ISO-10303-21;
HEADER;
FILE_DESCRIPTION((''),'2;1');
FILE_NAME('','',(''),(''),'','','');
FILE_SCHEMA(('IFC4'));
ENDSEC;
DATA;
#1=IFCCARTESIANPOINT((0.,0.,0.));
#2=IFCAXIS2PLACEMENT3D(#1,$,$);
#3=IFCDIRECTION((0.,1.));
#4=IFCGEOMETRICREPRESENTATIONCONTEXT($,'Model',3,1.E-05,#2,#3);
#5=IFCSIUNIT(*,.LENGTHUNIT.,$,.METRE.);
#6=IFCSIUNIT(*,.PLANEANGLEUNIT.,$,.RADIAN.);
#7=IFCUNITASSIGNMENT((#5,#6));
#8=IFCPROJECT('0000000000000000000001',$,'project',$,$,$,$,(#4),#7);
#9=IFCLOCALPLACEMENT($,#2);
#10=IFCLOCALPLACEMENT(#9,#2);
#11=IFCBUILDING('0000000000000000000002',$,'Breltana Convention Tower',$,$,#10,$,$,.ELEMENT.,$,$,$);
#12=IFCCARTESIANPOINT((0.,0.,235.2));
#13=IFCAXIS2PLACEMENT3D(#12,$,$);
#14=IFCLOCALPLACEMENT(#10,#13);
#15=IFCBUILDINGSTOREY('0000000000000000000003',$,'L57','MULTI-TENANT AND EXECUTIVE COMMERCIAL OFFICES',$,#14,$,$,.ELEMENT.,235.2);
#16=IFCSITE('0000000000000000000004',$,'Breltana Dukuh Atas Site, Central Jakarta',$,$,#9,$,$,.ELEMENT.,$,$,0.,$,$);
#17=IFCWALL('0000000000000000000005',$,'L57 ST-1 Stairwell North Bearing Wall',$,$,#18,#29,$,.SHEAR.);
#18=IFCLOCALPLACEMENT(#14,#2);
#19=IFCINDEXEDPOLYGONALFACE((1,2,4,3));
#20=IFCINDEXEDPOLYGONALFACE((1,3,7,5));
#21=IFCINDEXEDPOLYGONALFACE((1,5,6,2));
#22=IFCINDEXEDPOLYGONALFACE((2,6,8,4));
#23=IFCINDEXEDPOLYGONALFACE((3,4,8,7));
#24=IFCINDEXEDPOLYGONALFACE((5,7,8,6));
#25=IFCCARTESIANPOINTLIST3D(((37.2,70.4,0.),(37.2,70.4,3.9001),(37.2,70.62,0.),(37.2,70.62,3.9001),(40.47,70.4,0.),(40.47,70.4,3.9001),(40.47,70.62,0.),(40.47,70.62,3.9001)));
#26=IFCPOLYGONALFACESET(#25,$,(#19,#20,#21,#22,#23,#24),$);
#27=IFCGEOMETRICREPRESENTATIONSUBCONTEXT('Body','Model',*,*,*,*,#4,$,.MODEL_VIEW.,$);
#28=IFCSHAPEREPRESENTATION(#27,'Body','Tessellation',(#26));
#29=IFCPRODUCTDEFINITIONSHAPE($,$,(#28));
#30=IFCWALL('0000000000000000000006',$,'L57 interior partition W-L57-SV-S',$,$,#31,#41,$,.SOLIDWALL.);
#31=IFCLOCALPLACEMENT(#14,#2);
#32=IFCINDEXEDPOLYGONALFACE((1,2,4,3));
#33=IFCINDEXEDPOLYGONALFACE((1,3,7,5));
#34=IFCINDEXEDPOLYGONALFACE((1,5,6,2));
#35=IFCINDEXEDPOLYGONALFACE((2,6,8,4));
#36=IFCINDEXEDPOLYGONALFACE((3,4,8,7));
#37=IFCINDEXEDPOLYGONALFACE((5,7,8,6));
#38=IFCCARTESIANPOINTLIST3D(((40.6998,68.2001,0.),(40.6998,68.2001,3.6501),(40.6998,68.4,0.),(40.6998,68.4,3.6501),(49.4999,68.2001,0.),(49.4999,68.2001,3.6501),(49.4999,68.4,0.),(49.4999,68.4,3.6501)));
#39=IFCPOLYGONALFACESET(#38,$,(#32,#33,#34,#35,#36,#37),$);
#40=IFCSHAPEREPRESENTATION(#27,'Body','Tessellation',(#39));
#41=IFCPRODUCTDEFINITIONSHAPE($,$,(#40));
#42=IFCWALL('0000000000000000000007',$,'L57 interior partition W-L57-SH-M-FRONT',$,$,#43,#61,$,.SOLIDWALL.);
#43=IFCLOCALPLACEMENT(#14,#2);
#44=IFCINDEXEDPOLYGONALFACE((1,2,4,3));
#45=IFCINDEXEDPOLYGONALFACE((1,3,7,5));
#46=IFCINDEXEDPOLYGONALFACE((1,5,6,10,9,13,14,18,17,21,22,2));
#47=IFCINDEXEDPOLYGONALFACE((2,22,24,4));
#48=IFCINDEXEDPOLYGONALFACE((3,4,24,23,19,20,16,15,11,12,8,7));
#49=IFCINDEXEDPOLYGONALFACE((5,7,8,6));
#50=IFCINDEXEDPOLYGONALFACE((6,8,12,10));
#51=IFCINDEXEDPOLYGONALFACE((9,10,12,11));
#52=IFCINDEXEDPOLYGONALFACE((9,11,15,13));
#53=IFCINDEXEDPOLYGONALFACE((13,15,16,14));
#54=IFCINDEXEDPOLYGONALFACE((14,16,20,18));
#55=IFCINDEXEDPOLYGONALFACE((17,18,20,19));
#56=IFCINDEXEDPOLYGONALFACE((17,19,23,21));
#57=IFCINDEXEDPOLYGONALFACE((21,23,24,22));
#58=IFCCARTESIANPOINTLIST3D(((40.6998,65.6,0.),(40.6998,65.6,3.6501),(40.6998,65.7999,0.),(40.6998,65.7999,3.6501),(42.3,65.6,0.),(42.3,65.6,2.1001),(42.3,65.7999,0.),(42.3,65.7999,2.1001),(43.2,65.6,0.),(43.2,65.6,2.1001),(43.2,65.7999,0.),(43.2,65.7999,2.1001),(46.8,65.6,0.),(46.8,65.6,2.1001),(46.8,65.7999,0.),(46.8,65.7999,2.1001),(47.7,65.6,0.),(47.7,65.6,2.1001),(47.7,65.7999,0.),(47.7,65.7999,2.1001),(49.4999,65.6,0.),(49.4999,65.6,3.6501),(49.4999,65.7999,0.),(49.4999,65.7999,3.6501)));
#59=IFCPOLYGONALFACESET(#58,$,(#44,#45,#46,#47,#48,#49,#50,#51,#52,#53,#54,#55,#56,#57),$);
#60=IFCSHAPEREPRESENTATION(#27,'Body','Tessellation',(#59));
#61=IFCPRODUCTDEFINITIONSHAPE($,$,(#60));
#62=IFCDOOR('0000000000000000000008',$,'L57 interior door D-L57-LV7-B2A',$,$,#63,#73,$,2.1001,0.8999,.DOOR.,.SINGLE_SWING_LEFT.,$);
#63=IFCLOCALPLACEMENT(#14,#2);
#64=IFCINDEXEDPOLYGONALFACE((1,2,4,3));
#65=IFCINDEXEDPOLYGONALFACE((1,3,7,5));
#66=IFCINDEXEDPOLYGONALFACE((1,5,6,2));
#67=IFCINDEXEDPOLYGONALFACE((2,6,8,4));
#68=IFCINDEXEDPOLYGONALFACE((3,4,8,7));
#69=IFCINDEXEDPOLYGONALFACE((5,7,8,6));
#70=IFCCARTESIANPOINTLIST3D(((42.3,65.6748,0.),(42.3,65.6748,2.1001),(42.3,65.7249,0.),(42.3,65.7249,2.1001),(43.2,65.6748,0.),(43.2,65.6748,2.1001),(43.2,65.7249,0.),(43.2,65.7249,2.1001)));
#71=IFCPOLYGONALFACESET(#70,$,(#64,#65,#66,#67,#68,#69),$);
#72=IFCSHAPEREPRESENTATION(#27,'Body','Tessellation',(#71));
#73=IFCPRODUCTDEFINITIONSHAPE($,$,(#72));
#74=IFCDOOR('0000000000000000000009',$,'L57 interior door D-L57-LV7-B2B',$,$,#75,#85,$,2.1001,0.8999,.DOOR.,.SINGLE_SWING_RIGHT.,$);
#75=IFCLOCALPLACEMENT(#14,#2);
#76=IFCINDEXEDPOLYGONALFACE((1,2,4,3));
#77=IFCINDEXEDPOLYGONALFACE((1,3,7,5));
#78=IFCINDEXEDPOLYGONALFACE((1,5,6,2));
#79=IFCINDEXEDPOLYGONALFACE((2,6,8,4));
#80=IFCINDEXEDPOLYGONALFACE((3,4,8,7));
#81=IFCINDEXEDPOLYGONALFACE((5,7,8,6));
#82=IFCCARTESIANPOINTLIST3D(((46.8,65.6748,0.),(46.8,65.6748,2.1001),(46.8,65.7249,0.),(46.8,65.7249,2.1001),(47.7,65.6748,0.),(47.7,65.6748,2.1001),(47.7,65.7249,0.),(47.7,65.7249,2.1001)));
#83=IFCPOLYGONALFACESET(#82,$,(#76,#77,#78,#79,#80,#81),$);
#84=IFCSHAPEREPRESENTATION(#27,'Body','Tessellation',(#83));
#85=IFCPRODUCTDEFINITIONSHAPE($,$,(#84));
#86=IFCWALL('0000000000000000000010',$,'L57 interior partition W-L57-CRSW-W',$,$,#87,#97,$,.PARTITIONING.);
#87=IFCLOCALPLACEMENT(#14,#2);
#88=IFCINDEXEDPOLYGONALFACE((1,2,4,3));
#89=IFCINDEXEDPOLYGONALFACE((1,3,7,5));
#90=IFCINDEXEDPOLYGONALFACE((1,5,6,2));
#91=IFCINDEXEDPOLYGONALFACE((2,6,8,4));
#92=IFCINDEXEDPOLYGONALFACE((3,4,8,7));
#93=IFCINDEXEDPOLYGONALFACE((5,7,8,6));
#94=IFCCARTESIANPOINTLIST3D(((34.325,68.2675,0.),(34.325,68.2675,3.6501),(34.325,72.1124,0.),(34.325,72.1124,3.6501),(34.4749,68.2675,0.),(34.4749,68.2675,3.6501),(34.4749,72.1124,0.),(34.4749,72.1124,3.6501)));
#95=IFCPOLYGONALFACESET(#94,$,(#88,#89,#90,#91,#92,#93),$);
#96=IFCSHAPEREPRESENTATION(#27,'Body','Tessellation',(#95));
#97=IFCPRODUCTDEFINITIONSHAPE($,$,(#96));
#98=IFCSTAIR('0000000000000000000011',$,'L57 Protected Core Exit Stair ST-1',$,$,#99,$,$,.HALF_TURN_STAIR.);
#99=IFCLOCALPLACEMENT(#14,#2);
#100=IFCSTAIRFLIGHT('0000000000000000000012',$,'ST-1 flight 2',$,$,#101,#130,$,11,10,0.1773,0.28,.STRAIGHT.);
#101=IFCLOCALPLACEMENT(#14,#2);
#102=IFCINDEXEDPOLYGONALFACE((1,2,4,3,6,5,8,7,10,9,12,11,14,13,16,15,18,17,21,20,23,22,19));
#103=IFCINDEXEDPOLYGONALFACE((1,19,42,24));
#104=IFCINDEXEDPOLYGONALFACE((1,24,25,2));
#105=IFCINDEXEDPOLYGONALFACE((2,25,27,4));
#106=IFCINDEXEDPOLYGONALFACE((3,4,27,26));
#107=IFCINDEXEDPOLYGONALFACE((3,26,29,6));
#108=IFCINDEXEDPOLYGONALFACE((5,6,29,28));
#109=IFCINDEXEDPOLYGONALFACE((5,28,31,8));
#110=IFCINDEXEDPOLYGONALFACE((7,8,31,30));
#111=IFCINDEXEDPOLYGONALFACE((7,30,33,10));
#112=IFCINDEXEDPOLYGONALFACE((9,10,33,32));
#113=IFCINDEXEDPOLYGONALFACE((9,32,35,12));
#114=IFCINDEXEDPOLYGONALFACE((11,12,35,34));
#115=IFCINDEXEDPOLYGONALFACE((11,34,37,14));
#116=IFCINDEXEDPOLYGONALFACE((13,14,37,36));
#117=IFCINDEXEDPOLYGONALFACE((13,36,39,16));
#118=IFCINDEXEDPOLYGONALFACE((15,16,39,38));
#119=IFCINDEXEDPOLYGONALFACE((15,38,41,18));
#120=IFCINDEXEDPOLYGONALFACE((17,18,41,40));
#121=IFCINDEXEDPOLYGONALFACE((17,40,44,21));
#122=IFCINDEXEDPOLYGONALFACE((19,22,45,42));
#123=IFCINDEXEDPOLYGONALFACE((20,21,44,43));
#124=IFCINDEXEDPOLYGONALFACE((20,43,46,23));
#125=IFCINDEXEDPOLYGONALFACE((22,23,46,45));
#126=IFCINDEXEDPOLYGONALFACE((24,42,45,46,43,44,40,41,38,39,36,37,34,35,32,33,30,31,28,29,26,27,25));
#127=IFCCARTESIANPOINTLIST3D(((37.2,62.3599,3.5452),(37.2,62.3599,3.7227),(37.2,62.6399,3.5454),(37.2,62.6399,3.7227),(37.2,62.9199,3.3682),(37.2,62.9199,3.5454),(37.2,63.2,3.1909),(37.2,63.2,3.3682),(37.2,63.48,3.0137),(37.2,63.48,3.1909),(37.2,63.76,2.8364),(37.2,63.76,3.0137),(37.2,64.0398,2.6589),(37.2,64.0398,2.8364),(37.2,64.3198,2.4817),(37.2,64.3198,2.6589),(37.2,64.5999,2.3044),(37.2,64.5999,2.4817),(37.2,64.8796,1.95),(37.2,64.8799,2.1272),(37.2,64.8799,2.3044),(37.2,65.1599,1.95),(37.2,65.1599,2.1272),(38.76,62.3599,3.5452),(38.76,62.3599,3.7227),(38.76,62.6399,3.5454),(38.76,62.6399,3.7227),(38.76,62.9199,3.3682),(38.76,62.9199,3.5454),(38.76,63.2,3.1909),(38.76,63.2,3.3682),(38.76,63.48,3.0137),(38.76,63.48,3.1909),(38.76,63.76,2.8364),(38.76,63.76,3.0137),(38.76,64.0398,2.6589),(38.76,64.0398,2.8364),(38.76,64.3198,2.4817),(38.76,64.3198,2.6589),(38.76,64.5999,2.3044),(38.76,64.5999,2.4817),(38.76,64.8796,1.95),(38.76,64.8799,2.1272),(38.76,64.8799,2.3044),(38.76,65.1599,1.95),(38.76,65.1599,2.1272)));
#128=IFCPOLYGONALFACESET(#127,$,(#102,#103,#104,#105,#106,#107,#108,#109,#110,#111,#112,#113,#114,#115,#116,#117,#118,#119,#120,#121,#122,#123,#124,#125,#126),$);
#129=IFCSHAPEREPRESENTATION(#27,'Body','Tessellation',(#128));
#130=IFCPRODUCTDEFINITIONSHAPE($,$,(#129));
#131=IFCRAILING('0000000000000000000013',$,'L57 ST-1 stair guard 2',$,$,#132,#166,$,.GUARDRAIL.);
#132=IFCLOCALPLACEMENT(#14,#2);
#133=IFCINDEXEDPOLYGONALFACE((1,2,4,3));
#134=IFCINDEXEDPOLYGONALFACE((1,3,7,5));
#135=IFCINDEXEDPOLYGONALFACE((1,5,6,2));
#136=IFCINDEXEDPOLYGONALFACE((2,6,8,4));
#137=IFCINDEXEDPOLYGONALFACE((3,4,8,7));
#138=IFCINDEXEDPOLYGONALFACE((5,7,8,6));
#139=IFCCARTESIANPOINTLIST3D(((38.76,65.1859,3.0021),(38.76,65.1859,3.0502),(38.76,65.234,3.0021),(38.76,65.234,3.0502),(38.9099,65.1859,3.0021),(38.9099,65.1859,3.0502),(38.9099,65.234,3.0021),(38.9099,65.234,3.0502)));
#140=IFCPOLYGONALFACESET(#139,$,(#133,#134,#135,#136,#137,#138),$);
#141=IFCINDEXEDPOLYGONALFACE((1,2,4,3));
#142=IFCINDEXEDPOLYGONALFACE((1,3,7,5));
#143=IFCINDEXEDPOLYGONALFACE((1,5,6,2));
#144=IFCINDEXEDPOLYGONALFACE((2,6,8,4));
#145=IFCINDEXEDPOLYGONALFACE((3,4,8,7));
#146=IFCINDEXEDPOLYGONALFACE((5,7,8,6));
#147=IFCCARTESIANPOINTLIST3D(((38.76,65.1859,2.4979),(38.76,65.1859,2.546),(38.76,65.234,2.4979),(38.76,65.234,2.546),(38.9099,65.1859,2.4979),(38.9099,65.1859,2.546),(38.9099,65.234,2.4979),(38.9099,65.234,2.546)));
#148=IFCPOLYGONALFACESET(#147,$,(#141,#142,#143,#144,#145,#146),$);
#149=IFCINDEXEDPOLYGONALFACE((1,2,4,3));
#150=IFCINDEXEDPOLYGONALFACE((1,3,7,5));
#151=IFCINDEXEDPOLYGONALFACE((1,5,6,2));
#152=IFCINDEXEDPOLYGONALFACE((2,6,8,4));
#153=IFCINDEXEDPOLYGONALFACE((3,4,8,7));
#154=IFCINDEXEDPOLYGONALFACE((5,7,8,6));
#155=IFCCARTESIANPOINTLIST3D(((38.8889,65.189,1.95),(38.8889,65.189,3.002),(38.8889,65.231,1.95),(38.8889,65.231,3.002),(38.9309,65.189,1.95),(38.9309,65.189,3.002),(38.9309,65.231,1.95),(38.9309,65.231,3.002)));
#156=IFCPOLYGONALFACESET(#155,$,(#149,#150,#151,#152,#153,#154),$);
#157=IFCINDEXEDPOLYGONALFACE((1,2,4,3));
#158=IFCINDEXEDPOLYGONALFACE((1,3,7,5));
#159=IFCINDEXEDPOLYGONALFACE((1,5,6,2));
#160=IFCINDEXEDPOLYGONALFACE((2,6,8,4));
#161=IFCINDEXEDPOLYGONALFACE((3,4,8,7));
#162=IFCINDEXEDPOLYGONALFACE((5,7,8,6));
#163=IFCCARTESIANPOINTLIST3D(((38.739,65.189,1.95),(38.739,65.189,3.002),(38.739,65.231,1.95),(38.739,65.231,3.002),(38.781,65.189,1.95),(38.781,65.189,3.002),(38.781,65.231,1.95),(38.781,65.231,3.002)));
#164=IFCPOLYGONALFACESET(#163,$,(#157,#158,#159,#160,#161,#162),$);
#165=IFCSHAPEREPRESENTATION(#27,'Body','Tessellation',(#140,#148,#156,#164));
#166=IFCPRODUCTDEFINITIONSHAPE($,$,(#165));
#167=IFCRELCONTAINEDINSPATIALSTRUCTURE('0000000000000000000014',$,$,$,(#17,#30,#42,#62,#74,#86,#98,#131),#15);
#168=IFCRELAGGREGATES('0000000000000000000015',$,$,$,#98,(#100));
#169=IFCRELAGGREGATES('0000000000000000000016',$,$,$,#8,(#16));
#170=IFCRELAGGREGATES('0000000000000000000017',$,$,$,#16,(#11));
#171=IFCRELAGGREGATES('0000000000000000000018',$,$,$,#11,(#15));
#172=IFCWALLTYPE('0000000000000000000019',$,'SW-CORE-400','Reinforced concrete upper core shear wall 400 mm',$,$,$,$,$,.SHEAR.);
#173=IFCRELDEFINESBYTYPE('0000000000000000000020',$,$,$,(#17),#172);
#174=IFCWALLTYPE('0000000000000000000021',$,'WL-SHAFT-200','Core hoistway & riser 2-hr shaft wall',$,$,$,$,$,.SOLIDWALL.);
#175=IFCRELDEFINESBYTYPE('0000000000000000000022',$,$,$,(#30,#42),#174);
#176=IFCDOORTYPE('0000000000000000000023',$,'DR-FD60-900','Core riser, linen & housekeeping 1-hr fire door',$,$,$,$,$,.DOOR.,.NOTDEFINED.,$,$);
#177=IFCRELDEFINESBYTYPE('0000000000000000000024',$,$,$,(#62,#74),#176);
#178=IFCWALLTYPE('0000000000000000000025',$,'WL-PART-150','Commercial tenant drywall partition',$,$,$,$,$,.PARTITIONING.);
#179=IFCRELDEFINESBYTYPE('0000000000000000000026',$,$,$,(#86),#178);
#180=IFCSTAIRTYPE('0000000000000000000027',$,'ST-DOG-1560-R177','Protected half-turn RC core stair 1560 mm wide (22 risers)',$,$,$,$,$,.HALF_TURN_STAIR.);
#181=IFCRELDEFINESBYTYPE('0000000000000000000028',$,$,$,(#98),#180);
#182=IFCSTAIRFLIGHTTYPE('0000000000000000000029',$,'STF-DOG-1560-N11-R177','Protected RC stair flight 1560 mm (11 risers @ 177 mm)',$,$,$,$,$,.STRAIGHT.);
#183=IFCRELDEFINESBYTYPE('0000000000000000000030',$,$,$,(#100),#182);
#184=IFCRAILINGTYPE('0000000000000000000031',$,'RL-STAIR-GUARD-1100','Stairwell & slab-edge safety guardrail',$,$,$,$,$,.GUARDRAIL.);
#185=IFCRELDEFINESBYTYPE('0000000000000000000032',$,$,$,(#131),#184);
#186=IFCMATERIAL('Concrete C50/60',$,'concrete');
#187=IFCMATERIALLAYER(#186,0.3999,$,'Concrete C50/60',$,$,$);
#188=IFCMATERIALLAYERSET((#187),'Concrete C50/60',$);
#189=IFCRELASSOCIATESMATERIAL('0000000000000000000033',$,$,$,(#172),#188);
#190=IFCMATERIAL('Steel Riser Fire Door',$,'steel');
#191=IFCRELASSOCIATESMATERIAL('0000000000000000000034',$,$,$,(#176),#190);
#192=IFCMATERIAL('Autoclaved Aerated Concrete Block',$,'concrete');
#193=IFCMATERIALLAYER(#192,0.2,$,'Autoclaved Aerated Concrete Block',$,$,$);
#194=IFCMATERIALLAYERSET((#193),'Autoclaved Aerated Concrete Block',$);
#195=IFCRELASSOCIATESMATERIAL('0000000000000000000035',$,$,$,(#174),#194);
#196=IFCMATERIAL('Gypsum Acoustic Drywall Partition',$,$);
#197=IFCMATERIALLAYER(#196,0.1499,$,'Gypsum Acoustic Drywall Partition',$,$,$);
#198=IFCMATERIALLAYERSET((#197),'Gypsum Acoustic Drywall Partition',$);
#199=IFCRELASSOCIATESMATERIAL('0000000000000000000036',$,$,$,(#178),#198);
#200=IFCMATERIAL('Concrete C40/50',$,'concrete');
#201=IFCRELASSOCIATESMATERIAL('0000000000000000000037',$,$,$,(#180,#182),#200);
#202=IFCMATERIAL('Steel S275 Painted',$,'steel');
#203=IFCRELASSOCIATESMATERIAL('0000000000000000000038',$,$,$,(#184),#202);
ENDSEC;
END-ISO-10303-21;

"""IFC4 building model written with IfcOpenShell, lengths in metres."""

from ifc_helpers import new_model, si_unit, direction, frame, frame_2d, origin, origin_2d, place, context, subcontext, project, spatial, polyline, rectangle, outline, extrude, source, transform, mapped, material, layer, layer_set, type_object, type_shapes, element, fill, aggregate, save


model = new_model("IFC4")

# Units and contexts
model_context = context("Model", 3, precision=1e-05, world=origin(), true_north=direction((0.0, 1.0)))
body_context = subcontext(model_context, "Body", "Model", "MODEL_VIEW")
ifc_project = project(units=[si_unit("LENGTHUNIT", "METRE"), si_unit("PLANEANGLEUNIT", "RADIAN")], contexts=[model_context])

# Site, building, storey
site_placement = place(None, origin())
site = spatial("IfcSite", under=ifc_project, at=site_placement, Name="Breltana Dukuh Atas Site, Central Jakarta", CompositionType="ELEMENT", RefElevation=0.0)
building_placement = place(site_placement, origin())
building = spatial("IfcBuilding", under=site, at=building_placement, Name="Breltana Convention Tower", CompositionType="ELEMENT")
storey_placement = place(building_placement, frame((0.0, 0.0, 235.2)))
storey = spatial("IfcBuildingStorey", under=building, at=storey_placement, Name="L57", Description="MULTI-TENANT AND EXECUTIVE COMMERCIAL OFFICES", CompositionType="ELEMENT", Elevation=235.2)

# Wall
ifc_material_1 = material(Name="Concrete C50/60", Category="concrete")
ifc_layer_1 = layer(ifc_material_1, 0.3999, Name="Concrete C50/60")
ifc_layer_set_1 = layer_set([ifc_layer_1], Name="Concrete C50/60")
wall_type_1 = type_object("IfcWallType", Name="SW-CORE-400", Description="Reinforced concrete upper core shear wall 400 mm", PredefinedType="SHEAR", material=ifc_layer_set_1)
shared_shape_1 = source(origin(), body_context, "Body", "SweptSolid", [
    extrude(rectangle(XDim=3.27, YDim=0.22, at=frame_2d((1.635, 0.0))), origin(), (0.0, 0.0, 1.0), 3.9001),
])
wall_1_placement = place(storey_placement, frame((37.2, 70.51, 0.0), z_axis=(0.0, 0.0, 1.0), x_axis=(1.0, 0.0, 0.0)))
element("IfcWall", 1, at=wall_1_placement, inside=storey, type_object=wall_type_1, Name="L57 ST-1 Stairwell North Bearing Wall", PredefinedType="SHEAR", context=body_context, shape_type="MappedRepresentation", body=[
    mapped(shared_shape_1, transform((0.0, 0.0, 0.0), scale=1.0)),
])

# Shared definitions
ifc_material_2 = material(Name="Steel Riser Fire Door", Category="steel")
door_type_1 = type_object("IfcDoorType", Name="DR-FD60-900", Description="Core riser, linen & housekeeping 1-hr fire door", OperationType="NOTDEFINED", PredefinedType="DOOR", material=ifc_material_2)
shared_shape_2 = source(origin(), body_context, "Body", "SweptSolid", [
    extrude(rectangle(XDim=0.8999, YDim=2.1001, at=frame_2d((0.45, 1.05))), frame((0.0, 0.0249, 0.0), z_axis=(0.0, -1.0, 0.0), x_axis=(1.0, 0.0, 0.0)), (0.0, 0.0, 1.0), 0.05),
])
type_shapes(door_type_1, [shared_shape_2])

# Wall
ifc_material_3 = material(Name="Autoclaved Aerated Concrete Block", Category="concrete")
ifc_layer_2 = layer(ifc_material_3, 0.2, Name="Autoclaved Aerated Concrete Block")
ifc_layer_set_2 = layer_set([ifc_layer_2], Name="Autoclaved Aerated Concrete Block")
wall_type_2 = type_object("IfcWallType", Name="WL-SHAFT-200", Description="Core hoistway & riser 2-hr shaft wall", PredefinedType="SOLIDWALL", material=ifc_layer_set_2)
shared_shape_3 = source(origin(), body_context, "Body", "SweptSolid", [
    extrude(rectangle(XDim=8.8, YDim=0.2, at=frame_2d((4.3999, 0.0))), origin(), (0.0, 0.0, 1.0), 3.6501),
])
wall_2_placement = place(storey_placement, frame((40.7, 68.3, 0.0), z_axis=(0.0, 0.0, 1.0), x_axis=(1.0, 0.0, 0.0)))
element("IfcWall", 2, at=wall_2_placement, inside=storey, type_object=wall_type_2, Name="L57 interior partition W-L57-SV-S", PredefinedType="SOLIDWALL", context=body_context, shape_type="MappedRepresentation", body=[
    mapped(shared_shape_3, transform((0.0, 0.0, 0.0), scale=1.0)),
])

# Wall, openings, doors
wall_3_placement = place(storey_placement, frame((40.7, 65.7, 0.0), z_axis=(0.0, 0.0, 1.0), x_axis=(1.0, 0.0, 0.0)))
wall_3 = element("IfcWall", 3, at=wall_3_placement, inside=storey, type_object=wall_type_2, Name="L57 interior partition W-L57-SH-M-FRONT", PredefinedType="SOLIDWALL", context=body_context, shape_type="MappedRepresentation", body=[
    mapped(shared_shape_3, transform((0.0, 0.0, 0.0), scale=1.0)),
])
opening_1_placement = place(wall_3_placement, frame((1.6001, 0.0, 0.0)))
opening_1 = element("IfcOpeningElement", 4, at=opening_1_placement, cuts=wall_3, PredefinedType="OPENING", context=body_context, shape_type="SweptSolid", body=[
    extrude(rectangle(XDim=0.8999, YDim=2.1001, at=frame_2d((0.45, 1.05))), frame((0.0, 0.1099, 0.0), z_axis=(0.0, -1.0, 0.0), x_axis=(1.0, 0.0, 0.0)), (0.0, 0.0, 1.0), 0.22),
])
opening_2_placement = place(wall_3_placement, frame((6.1001, 0.0, 0.0)))
opening_2 = element("IfcOpeningElement", 5, at=opening_2_placement, cuts=wall_3, PredefinedType="OPENING", context=body_context, shape_type="SweptSolid", body=[
    extrude(rectangle(XDim=0.8999, YDim=2.1001, at=frame_2d((0.45, 1.05))), frame((0.0, 0.1099, 0.0), z_axis=(0.0, -1.0, 0.0), x_axis=(1.0, 0.0, 0.0)), (0.0, 0.0, 1.0), 0.22),
])
door_1_placement = place(opening_1_placement, origin())
door_1 = element("IfcDoor", 6, at=door_1_placement, inside=storey, type_object=door_type_1, Name="L57 interior door D-L57-LV7-B2A", OperationType="SINGLE_SWING_LEFT", OverallHeight=2.1001, OverallWidth=0.8999, PredefinedType="DOOR", context=body_context, shape_type="MappedRepresentation", body=[
    mapped(shared_shape_2, transform((0.0, 0.0, 0.0), scale=1.0)),
])
fill(opening_1, door_1)
door_2_placement = place(opening_2_placement, origin())
door_2 = element("IfcDoor", 7, at=door_2_placement, inside=storey, type_object=door_type_1, Name="L57 interior door D-L57-LV7-B2B", OperationType="SINGLE_SWING_RIGHT", OverallHeight=2.1001, OverallWidth=0.8999, PredefinedType="DOOR", context=body_context, shape_type="MappedRepresentation", body=[
    mapped(shared_shape_2, transform((0.0, 0.0, 0.0), scale=1.0)),
])
fill(opening_2, door_2)

# Wall
ifc_material_4 = material(Name="Gypsum Acoustic Drywall Partition")
ifc_layer_3 = layer(ifc_material_4, 0.1499, Name="Gypsum Acoustic Drywall Partition")
ifc_layer_set_3 = layer_set([ifc_layer_3], Name="Gypsum Acoustic Drywall Partition")
wall_type_3 = type_object("IfcWallType", Name="WL-PART-150", Description="Commercial tenant drywall partition", PredefinedType="PARTITIONING", material=ifc_layer_set_3)
shared_shape_4 = source(origin(), body_context, "Body", "SweptSolid", [
    extrude(rectangle(XDim=3.845, YDim=0.1499, at=frame_2d((1.9224, 0.0))), origin(), (0.0, 0.0, 1.0), 3.6501),
])
wall_4_placement = place(storey_placement, frame((34.3999, 68.2676, 0.0), z_axis=(0.0, 0.0, 1.0), x_axis=(0.0, 1.0, 0.0)))
element("IfcWall", 8, at=wall_4_placement, inside=storey, type_object=wall_type_3, Name="L57 interior partition W-L57-CRSW-W", PredefinedType="PARTITIONING", context=body_context, shape_type="MappedRepresentation", body=[
    mapped(shared_shape_4, transform((0.0, 0.0, 0.0), scale=1.0)),
])

# Stair, stair flight
ifc_material_5 = material(Name="Concrete C40/50", Category="concrete")
stair_type = type_object("IfcStairType", Name="ST-DOG-1560-R177", Description="Protected half-turn RC core stair 1560 mm wide (22 risers)", PredefinedType="HALF_TURN_STAIR", material=ifc_material_5)
stair_placement = place(storey_placement, origin())
stair = element("IfcStair", 9, at=stair_placement, inside=storey, type_object=stair_type, Name="L57 Protected Core Exit Stair ST-1", PredefinedType="HALF_TURN_STAIR")
stair_flight_type = type_object("IfcStairFlightType", Name="STF-DOG-1560-N11-R177", Description="Protected RC stair flight 1560 mm (11 risers @ 177 mm)", PredefinedType="STRAIGHT", material=ifc_material_5)
stair_flight_placement = place(storey_placement, frame((37.98, 65.1599, 1.95), z_axis=(0.0, 0.0, 1.0), x_axis=(0.0, -1.0, 0.0)))
stair_flight = element("IfcStairFlight", 10, at=stair_flight_placement, type_object=stair_flight_type, Name="ST-1 flight 2", NumberOfRisers=11, NumberOfTreads=10, PredefinedType="STRAIGHT", RiserHeight=0.1773, TreadLength=0.28, context=body_context, shape_type="SweptSolid", body=[
    extrude(outline(polyline([(0.0, 0.0), (0.0, 0.1772), (0.28, 0.1772), (0.28, 0.3545), (0.5601, 0.3545), (0.5601, 0.5317), (0.8401, 0.5317), (0.8401, 0.709), (1.1201, 0.709), (1.1201, 0.8865), (1.3999, 0.8865), (1.3999, 1.0637), (1.6799, 1.0637), (1.6799, 1.241), (1.96, 1.241), (1.96, 1.4182), (2.24, 1.4182), (2.24, 1.5955), (2.52, 1.5955), (2.52, 1.7727), (2.8, 1.7727), (2.8, 1.95), (2.8, 1.5952), (0.2803, 0.0), (0.0, 0.0)])), frame((0.0, 0.78, 0.0), z_axis=(0.0, -1.0, 0.0), x_axis=(1.0, 0.0, 0.0)), (0.0, 0.0, 1.0), 1.5601),
])
aggregate(stair, [stair_flight])

# Railing
ifc_material_6 = material(Name="Steel S275 Painted", Category="steel")
railing_type = type_object("IfcRailingType", Name="RL-STAIR-GUARD-1100", Description="Stairwell & slab-edge safety guardrail", PredefinedType="GUARDRAIL", material=ifc_material_6)
railing_1_placement = place(storey_placement, frame((38.9099, 65.21, 1.95)))
element("IfcRailing", 11, at=railing_1_placement, inside=storey, type_object=railing_type, Name="L57 ST-1 stair guard 2", PredefinedType="GUARDRAIL", context=body_context, shape_type="SweptSolid", body=[
    extrude(rectangle(XDim=0.0481, YDim=0.0481, at=origin_2d()), frame((0.0, 0.0, 1.0762), z_axis=(-1.0, 0.0, 0.0), x_axis=(0.0, -1.0, 0.0)), (0.0, 0.0, 1.0), 0.1499),
    extrude(rectangle(XDim=0.0481, YDim=0.0481, at=origin_2d()), frame((0.0, 0.0, 0.572), z_axis=(-1.0, 0.0, 0.0), x_axis=(0.0, -1.0, 0.0)), (0.0, 0.0, 1.0), 0.1499),
    extrude(rectangle(XDim=0.042, YDim=0.042, at=origin_2d()), origin(), (0.0, 0.0, 1.0), 1.052),
    extrude(rectangle(XDim=0.042, YDim=0.042, at=origin_2d()), frame((-0.1499, 0.0, 0.0)), (0.0, 0.0, 1.0), 1.052),
])

save(model, "model.ifc")
